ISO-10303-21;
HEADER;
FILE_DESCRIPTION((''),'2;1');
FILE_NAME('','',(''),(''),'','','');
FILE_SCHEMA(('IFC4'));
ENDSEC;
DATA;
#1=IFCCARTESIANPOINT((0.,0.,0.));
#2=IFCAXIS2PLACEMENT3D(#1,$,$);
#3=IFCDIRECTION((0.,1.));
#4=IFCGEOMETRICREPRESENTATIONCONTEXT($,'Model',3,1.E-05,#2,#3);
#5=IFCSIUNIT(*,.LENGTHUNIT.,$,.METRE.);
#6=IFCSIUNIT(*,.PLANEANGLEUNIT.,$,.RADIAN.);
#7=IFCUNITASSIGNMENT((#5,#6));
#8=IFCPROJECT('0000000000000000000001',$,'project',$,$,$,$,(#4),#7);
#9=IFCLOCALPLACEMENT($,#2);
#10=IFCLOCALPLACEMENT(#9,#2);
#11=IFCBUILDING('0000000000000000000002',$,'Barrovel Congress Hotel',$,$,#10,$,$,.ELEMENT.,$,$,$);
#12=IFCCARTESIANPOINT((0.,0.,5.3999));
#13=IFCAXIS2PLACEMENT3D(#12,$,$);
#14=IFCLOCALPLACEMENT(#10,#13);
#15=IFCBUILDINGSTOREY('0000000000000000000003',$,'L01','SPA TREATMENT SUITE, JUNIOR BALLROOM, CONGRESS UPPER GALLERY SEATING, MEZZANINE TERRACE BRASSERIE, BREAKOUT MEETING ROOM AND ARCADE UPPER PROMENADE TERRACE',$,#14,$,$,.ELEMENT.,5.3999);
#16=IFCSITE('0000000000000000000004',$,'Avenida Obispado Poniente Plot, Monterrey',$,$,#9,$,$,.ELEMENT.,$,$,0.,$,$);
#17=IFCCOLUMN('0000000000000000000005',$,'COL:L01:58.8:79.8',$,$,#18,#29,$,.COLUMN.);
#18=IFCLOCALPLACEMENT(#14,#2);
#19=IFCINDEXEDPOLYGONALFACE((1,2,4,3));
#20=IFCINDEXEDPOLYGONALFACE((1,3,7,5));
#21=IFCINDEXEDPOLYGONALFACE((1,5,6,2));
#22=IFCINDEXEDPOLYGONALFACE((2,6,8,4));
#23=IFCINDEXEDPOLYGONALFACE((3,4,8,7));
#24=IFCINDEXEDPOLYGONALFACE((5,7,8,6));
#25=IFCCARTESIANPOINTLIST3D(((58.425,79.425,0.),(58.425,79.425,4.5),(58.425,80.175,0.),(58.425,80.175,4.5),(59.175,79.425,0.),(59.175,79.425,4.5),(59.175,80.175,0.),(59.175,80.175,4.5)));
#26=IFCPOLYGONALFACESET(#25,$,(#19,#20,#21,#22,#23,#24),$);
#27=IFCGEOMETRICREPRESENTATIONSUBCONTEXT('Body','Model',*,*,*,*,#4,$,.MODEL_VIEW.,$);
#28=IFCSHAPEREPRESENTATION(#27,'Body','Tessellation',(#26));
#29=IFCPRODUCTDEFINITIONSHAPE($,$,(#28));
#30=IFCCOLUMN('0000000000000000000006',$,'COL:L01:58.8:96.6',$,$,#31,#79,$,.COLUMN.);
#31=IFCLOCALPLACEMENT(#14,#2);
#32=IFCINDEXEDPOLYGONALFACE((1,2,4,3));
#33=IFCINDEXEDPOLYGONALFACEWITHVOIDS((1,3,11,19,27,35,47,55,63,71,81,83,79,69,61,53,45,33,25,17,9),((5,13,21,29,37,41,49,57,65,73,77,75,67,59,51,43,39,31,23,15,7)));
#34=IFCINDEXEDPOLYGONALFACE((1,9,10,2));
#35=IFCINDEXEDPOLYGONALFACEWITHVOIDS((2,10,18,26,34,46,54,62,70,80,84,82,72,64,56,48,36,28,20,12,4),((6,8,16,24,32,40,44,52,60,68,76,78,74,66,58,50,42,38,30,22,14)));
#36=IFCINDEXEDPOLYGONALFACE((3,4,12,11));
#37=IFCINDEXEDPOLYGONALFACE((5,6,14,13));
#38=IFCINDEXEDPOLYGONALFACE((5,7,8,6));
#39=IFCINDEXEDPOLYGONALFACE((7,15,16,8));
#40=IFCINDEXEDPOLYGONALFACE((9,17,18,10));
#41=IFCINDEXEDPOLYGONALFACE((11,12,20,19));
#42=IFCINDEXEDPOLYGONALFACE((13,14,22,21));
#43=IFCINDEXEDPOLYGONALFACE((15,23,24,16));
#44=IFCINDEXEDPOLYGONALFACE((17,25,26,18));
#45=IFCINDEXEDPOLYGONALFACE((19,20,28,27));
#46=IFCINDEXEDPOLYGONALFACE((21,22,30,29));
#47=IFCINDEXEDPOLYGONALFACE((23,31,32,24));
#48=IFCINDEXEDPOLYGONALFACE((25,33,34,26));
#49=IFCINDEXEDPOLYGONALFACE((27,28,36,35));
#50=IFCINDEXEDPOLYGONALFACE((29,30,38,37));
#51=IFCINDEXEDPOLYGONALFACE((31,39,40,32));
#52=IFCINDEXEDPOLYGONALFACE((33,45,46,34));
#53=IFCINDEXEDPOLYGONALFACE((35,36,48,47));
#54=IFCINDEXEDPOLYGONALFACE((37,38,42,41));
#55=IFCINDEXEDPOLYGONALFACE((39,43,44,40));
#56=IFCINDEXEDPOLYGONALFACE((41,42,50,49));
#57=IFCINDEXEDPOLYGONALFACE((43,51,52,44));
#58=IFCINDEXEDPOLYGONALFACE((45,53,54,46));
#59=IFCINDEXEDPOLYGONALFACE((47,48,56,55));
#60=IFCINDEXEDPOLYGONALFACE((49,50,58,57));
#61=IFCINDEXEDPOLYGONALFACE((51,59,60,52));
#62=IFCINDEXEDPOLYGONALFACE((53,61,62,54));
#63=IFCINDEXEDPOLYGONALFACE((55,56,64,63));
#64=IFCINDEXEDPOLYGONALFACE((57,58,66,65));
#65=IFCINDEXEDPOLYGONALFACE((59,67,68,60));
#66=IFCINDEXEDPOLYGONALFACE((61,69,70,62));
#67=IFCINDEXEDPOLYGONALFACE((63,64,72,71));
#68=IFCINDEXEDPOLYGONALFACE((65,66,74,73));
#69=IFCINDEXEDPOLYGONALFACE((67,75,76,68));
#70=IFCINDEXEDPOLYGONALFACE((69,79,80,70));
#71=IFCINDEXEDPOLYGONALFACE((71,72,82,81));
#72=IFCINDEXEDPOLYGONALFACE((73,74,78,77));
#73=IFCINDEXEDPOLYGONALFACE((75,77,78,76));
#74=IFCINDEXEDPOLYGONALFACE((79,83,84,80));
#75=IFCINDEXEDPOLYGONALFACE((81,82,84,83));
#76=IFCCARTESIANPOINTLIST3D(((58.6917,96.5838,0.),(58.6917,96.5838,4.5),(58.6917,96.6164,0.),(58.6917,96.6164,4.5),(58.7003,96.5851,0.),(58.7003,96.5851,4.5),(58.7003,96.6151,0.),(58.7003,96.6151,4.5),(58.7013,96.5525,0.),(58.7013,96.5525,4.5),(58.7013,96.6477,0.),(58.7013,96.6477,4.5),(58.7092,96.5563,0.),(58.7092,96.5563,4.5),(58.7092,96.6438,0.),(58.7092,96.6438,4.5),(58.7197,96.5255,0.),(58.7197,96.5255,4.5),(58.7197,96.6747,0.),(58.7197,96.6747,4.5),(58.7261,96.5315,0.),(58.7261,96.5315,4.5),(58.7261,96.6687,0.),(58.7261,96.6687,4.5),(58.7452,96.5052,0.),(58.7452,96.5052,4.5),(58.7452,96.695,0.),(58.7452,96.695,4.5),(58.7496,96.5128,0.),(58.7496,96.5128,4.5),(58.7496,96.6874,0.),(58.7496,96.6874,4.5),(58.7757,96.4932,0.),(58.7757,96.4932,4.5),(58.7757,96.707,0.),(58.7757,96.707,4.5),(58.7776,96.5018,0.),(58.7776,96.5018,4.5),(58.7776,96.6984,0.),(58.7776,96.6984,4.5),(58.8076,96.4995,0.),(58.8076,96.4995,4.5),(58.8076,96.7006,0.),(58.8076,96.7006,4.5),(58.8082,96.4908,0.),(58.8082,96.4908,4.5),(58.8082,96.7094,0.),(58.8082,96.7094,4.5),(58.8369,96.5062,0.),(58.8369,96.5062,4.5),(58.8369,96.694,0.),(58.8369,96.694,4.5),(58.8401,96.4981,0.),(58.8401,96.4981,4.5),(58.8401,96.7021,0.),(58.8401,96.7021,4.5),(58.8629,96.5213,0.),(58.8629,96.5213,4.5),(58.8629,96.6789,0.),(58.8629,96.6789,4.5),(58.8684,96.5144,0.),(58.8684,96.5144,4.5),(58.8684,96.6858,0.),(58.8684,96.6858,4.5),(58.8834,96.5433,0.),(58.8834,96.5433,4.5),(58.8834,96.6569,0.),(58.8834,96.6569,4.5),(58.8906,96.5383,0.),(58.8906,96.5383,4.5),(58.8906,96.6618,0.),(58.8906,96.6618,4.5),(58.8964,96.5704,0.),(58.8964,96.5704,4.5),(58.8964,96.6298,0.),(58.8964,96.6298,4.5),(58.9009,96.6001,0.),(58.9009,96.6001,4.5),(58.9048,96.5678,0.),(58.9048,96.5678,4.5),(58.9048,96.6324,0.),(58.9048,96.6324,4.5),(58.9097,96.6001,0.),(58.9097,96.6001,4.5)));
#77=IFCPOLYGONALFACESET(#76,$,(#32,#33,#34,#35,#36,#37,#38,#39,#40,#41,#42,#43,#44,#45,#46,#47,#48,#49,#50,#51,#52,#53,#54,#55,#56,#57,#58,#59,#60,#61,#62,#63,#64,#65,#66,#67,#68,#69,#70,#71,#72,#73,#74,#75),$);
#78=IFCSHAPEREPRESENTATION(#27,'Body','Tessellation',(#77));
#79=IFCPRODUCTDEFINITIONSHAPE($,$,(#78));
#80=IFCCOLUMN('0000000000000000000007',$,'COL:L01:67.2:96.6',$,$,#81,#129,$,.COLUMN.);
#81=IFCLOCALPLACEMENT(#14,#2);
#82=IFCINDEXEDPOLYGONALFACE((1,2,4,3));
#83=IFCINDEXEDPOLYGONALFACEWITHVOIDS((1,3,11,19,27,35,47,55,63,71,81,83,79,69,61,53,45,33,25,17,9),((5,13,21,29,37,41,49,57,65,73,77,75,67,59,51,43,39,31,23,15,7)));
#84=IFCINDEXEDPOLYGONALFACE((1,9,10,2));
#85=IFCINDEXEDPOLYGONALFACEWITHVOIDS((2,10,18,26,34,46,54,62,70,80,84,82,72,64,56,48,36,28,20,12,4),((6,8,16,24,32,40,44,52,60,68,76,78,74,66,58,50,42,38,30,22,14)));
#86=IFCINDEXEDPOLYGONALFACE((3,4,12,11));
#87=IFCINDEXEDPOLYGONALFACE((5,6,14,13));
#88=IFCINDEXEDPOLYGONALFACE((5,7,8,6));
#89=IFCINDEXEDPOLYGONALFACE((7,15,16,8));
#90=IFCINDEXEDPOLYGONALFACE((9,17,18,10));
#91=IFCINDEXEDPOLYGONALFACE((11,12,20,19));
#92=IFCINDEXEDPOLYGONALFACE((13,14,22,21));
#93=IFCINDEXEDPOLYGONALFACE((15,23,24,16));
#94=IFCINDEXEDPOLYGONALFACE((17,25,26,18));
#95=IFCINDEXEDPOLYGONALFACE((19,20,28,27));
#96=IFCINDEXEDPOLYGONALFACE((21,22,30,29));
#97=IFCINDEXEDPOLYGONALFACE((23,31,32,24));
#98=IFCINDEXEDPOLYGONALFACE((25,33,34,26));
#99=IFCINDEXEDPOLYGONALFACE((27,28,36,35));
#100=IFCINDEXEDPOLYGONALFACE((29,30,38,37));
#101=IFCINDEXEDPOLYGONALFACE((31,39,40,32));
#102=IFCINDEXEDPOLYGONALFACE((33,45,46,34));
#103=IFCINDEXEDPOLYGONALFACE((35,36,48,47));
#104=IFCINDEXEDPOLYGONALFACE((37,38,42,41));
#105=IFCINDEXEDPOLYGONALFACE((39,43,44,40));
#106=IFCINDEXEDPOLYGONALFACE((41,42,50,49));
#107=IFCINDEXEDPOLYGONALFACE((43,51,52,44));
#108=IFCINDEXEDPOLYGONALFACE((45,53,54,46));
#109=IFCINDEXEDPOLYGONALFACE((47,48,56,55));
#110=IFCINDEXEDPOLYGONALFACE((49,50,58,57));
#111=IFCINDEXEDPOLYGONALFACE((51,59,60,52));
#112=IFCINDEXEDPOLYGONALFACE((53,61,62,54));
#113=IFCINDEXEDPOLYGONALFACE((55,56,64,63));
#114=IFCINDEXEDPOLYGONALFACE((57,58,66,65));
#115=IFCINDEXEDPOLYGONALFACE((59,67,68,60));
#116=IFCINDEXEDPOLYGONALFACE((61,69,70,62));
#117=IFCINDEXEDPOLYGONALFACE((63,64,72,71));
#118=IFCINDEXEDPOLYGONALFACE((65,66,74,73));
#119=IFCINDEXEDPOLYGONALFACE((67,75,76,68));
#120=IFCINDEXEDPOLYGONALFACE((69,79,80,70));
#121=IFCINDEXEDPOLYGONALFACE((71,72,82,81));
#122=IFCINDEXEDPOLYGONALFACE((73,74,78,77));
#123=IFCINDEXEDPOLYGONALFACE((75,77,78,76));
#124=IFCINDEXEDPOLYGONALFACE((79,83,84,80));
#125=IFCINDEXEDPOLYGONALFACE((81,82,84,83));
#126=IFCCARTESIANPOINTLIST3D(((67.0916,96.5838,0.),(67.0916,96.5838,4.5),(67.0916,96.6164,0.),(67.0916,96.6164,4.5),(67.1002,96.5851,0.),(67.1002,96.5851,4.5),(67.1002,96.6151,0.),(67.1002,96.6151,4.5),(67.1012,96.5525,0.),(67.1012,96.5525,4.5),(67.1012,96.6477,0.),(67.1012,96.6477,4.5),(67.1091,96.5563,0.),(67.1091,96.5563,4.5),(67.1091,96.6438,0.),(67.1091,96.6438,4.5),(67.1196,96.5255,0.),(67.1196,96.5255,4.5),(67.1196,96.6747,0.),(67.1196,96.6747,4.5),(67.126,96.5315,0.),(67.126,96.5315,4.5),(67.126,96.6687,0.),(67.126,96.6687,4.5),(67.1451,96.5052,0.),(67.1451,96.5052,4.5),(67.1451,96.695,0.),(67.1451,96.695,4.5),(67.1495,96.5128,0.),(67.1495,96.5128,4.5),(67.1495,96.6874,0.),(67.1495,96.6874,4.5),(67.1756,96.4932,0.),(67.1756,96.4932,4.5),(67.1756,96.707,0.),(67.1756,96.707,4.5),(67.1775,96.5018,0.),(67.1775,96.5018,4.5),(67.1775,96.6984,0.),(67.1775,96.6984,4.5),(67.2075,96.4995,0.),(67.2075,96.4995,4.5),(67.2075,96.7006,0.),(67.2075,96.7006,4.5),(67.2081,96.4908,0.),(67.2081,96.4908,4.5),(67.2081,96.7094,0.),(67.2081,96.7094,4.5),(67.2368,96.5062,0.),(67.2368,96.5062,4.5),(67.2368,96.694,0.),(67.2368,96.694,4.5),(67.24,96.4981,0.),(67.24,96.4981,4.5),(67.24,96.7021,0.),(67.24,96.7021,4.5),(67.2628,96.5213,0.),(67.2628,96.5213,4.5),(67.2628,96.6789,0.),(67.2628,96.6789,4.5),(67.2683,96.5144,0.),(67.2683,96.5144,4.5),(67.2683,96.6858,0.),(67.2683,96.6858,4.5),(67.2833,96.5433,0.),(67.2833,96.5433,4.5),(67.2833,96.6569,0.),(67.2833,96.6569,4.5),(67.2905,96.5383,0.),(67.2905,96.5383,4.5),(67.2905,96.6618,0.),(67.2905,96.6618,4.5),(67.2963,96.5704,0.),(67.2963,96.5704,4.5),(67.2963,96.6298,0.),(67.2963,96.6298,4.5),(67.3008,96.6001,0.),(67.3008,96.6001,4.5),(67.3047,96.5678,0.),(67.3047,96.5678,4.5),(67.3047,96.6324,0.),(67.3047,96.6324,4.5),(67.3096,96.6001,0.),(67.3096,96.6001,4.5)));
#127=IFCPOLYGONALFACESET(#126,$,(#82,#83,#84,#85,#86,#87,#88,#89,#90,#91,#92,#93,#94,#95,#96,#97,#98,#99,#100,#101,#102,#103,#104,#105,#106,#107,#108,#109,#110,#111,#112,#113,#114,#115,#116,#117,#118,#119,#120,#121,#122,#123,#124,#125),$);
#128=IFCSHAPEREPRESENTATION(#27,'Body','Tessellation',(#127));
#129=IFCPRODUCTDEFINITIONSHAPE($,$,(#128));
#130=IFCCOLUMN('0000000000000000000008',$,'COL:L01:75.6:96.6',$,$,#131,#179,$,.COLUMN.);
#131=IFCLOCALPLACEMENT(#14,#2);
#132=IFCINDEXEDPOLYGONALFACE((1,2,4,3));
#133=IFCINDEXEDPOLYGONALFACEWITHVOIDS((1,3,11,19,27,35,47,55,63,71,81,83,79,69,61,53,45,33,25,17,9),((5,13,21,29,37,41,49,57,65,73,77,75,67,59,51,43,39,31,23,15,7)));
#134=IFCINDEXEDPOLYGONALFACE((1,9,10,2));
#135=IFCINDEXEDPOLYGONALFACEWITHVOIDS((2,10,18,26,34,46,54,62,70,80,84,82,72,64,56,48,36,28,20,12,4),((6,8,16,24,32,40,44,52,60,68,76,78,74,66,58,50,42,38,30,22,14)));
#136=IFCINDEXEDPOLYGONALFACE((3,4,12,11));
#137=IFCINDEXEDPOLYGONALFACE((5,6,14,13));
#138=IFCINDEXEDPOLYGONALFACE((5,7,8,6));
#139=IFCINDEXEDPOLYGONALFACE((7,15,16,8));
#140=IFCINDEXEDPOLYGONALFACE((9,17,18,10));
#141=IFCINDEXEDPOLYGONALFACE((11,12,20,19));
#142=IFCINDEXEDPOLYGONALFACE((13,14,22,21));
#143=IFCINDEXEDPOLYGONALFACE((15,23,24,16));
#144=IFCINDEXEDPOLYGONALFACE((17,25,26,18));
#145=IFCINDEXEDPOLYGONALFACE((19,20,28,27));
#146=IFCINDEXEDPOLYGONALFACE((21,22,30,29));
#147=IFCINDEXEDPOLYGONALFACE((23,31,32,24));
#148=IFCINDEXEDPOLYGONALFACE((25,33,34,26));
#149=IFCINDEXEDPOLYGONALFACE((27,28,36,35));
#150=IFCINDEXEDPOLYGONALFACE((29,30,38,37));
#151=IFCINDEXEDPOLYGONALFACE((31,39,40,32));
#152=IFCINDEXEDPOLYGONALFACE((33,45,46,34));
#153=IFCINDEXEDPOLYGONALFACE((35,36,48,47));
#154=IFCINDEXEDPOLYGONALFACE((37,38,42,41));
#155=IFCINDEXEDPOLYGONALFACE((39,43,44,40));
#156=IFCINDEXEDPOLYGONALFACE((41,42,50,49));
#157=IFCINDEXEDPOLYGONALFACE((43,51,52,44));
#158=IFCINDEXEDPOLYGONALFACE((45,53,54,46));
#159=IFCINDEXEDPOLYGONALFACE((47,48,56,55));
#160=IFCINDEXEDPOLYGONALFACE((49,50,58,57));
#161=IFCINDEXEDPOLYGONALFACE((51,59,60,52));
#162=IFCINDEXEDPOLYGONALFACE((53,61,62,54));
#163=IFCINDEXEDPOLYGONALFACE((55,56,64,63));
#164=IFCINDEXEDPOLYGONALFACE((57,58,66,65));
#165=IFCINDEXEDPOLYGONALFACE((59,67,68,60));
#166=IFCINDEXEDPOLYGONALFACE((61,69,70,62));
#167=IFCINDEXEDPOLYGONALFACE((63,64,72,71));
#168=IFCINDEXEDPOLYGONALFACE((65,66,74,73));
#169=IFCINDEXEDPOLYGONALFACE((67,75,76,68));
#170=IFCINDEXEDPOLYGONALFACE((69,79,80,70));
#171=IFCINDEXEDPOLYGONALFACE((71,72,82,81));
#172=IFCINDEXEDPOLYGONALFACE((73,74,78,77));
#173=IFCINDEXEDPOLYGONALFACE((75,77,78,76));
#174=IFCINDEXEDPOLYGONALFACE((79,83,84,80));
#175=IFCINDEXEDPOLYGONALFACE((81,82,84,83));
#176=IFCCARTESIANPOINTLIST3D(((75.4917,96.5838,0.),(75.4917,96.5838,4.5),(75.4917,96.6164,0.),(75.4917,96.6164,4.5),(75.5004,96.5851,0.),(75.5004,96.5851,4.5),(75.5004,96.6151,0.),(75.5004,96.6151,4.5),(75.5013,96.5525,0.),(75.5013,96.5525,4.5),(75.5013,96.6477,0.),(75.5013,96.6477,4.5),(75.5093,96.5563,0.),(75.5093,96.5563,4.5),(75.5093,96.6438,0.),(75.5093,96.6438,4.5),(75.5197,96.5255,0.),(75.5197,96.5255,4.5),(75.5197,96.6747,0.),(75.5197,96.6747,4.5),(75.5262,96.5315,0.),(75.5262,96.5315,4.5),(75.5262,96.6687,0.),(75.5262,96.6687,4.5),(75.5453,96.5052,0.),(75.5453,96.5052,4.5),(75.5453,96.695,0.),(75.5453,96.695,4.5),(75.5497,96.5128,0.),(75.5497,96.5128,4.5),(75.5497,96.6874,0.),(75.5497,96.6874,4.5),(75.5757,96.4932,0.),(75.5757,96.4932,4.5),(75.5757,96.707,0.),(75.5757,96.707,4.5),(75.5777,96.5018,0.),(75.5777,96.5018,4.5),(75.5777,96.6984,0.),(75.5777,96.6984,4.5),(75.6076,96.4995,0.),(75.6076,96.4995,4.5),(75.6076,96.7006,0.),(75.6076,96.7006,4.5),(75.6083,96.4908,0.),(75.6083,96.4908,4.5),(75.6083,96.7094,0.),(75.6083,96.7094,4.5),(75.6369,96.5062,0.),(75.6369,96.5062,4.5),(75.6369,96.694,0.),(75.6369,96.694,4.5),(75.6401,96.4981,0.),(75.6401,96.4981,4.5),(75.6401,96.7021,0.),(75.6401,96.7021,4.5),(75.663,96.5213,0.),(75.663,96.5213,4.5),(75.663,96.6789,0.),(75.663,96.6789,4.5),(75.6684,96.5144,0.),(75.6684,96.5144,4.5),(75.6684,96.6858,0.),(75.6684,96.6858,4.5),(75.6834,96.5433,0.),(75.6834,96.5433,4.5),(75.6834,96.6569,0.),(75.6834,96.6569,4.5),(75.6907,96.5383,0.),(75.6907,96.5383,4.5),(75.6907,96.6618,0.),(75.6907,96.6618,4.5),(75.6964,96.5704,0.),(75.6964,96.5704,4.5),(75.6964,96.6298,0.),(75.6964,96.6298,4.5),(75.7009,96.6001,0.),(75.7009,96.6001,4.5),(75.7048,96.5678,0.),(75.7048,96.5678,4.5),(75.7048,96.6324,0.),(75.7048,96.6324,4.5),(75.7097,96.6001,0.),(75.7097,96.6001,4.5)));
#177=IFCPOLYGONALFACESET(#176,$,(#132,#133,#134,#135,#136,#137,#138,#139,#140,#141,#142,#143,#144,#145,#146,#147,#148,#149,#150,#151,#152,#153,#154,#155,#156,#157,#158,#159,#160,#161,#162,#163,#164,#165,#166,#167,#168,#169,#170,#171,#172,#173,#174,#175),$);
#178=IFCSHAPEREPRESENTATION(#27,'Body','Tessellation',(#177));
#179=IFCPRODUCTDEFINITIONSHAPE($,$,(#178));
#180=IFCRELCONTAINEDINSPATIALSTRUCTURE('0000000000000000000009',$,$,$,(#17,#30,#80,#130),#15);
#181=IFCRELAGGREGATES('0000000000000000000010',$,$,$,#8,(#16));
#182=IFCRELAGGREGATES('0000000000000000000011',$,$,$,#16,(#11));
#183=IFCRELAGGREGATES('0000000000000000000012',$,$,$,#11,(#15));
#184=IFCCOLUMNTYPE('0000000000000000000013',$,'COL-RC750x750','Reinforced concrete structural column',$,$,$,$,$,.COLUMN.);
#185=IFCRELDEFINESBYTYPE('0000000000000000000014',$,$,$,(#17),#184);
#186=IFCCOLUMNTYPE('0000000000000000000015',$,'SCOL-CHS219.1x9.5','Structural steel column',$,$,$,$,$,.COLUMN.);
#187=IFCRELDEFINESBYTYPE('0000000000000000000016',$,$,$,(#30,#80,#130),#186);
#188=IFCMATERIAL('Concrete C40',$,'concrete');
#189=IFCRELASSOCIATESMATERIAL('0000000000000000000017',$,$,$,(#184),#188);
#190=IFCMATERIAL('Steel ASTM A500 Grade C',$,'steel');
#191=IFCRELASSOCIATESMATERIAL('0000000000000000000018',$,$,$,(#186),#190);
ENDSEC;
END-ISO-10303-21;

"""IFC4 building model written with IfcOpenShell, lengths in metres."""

from ifc_helpers import new_model, si_unit, direction, frame, origin, origin_2d, place, context, subcontext, project, spatial, rectangle, hollow_circle, extrude, material, material_profile, profile_set, type_object, element, save


model = new_model("IFC4")

# Units and contexts
model_context = context("Model", 3, precision=1e-05, world=origin(), true_north=direction((0.0, 1.0)))
body_context = subcontext(model_context, "Body", "Model", "MODEL_VIEW")
ifc_project = project(units=[si_unit("LENGTHUNIT", "METRE"), si_unit("PLANEANGLEUNIT", "RADIAN")], contexts=[model_context])

# Site, building, storey
site_placement = place(None, origin())
site = spatial("IfcSite", under=ifc_project, at=site_placement, Name="Avenida Obispado Poniente Plot, Monterrey", CompositionType="ELEMENT", RefElevation=0.0)
building_placement = place(site_placement, origin())
building = spatial("IfcBuilding", under=site, at=building_placement, Name="Barrovel Congress Hotel", CompositionType="ELEMENT")
storey_placement = place(building_placement, frame((0.0, 0.0, 5.3999)))
storey = spatial("IfcBuildingStorey", under=building, at=storey_placement, Name="L01", Description="SPA TREATMENT SUITE, JUNIOR BALLROOM, CONGRESS UPPER GALLERY SEATING, MEZZANINE TERRACE BRASSERIE, BREAKOUT MEETING ROOM AND ARCADE UPPER PROMENADE TERRACE", CompositionType="ELEMENT", Elevation=5.3999)

# Columns
ifc_material_1 = material(Name="Concrete C40", Category="concrete")
ifc_material_profile_1 = material_profile(ifc_material_1, rectangle(XDim=0.75, YDim=0.75, at=origin_2d()), Name="RC750x750")
ifc_profile_set_1 = profile_set([ifc_material_profile_1], Name="Concrete C40")
column_type_1 = type_object("IfcColumnType", Name="COL-RC750x750", Description="Reinforced concrete structural column", PredefinedType="COLUMN", material=ifc_profile_set_1)
column_placement = place(storey_placement, frame((58.8, 79.8, 0.0), z_axis=(0.0, 0.0, 1.0), x_axis=(1.0, 0.0, 0.0)))
element("IfcColumn", 1, at=column_placement, inside=storey, type_object=column_type_1, Name="COL:L01:58.8:79.8", PredefinedType="COLUMN", context=body_context, shape_type="SweptSolid", body=[
    extrude(rectangle(XDim=0.75, YDim=0.75, at=origin_2d()), origin(), (0.0, 0.0, 1.0), 4.5),
])
ifc_material_2 = material(Name="Steel ASTM A500 Grade C", Category="steel")
ifc_material_profile_2 = material_profile(ifc_material_2, hollow_circle(Radius=0.1096, WallThickness=0.0088, at=origin_2d()), Name="CHS219.1x9.5")
ifc_profile_set_2 = profile_set([ifc_material_profile_2], Name="Steel ASTM A500 Grade C")
column_type_2 = type_object("IfcColumnType", Name="SCOL-CHS219.1x9.5", Description="Structural steel column", PredefinedType="COLUMN", material=ifc_profile_set_2)
for number, where, z_axis, x_axis, name in (
    (2, (58.8, 96.6001, 0.0), (0.0, 0.0, 1.0), (1.0, 0.0, 0.0), "COL:L01:58.8:96.6"),
    (3, (67.2, 96.6001, 0.0), (0.0, 0.0, 1.0), (1.0, 0.0, 0.0), "COL:L01:67.2:96.6"),
    (4, (75.6001, 96.6001, 0.0), (0.0, 0.0, 1.0), (1.0, 0.0, 0.0), "COL:L01:75.6:96.6"),
):
    element("IfcColumn", number, at=place(storey_placement, frame(where, z_axis=z_axis, x_axis=x_axis)), inside=storey, type_object=column_type_2, Name=name, PredefinedType="COLUMN", context=body_context, shape_type="SweptSolid", body=[
        extrude(hollow_circle(Radius=0.1096, WallThickness=0.0088, at=origin_2d()), origin(), (0.0, 0.0, 1.0), 4.5),
    ])

save(model, "model.ifc")
